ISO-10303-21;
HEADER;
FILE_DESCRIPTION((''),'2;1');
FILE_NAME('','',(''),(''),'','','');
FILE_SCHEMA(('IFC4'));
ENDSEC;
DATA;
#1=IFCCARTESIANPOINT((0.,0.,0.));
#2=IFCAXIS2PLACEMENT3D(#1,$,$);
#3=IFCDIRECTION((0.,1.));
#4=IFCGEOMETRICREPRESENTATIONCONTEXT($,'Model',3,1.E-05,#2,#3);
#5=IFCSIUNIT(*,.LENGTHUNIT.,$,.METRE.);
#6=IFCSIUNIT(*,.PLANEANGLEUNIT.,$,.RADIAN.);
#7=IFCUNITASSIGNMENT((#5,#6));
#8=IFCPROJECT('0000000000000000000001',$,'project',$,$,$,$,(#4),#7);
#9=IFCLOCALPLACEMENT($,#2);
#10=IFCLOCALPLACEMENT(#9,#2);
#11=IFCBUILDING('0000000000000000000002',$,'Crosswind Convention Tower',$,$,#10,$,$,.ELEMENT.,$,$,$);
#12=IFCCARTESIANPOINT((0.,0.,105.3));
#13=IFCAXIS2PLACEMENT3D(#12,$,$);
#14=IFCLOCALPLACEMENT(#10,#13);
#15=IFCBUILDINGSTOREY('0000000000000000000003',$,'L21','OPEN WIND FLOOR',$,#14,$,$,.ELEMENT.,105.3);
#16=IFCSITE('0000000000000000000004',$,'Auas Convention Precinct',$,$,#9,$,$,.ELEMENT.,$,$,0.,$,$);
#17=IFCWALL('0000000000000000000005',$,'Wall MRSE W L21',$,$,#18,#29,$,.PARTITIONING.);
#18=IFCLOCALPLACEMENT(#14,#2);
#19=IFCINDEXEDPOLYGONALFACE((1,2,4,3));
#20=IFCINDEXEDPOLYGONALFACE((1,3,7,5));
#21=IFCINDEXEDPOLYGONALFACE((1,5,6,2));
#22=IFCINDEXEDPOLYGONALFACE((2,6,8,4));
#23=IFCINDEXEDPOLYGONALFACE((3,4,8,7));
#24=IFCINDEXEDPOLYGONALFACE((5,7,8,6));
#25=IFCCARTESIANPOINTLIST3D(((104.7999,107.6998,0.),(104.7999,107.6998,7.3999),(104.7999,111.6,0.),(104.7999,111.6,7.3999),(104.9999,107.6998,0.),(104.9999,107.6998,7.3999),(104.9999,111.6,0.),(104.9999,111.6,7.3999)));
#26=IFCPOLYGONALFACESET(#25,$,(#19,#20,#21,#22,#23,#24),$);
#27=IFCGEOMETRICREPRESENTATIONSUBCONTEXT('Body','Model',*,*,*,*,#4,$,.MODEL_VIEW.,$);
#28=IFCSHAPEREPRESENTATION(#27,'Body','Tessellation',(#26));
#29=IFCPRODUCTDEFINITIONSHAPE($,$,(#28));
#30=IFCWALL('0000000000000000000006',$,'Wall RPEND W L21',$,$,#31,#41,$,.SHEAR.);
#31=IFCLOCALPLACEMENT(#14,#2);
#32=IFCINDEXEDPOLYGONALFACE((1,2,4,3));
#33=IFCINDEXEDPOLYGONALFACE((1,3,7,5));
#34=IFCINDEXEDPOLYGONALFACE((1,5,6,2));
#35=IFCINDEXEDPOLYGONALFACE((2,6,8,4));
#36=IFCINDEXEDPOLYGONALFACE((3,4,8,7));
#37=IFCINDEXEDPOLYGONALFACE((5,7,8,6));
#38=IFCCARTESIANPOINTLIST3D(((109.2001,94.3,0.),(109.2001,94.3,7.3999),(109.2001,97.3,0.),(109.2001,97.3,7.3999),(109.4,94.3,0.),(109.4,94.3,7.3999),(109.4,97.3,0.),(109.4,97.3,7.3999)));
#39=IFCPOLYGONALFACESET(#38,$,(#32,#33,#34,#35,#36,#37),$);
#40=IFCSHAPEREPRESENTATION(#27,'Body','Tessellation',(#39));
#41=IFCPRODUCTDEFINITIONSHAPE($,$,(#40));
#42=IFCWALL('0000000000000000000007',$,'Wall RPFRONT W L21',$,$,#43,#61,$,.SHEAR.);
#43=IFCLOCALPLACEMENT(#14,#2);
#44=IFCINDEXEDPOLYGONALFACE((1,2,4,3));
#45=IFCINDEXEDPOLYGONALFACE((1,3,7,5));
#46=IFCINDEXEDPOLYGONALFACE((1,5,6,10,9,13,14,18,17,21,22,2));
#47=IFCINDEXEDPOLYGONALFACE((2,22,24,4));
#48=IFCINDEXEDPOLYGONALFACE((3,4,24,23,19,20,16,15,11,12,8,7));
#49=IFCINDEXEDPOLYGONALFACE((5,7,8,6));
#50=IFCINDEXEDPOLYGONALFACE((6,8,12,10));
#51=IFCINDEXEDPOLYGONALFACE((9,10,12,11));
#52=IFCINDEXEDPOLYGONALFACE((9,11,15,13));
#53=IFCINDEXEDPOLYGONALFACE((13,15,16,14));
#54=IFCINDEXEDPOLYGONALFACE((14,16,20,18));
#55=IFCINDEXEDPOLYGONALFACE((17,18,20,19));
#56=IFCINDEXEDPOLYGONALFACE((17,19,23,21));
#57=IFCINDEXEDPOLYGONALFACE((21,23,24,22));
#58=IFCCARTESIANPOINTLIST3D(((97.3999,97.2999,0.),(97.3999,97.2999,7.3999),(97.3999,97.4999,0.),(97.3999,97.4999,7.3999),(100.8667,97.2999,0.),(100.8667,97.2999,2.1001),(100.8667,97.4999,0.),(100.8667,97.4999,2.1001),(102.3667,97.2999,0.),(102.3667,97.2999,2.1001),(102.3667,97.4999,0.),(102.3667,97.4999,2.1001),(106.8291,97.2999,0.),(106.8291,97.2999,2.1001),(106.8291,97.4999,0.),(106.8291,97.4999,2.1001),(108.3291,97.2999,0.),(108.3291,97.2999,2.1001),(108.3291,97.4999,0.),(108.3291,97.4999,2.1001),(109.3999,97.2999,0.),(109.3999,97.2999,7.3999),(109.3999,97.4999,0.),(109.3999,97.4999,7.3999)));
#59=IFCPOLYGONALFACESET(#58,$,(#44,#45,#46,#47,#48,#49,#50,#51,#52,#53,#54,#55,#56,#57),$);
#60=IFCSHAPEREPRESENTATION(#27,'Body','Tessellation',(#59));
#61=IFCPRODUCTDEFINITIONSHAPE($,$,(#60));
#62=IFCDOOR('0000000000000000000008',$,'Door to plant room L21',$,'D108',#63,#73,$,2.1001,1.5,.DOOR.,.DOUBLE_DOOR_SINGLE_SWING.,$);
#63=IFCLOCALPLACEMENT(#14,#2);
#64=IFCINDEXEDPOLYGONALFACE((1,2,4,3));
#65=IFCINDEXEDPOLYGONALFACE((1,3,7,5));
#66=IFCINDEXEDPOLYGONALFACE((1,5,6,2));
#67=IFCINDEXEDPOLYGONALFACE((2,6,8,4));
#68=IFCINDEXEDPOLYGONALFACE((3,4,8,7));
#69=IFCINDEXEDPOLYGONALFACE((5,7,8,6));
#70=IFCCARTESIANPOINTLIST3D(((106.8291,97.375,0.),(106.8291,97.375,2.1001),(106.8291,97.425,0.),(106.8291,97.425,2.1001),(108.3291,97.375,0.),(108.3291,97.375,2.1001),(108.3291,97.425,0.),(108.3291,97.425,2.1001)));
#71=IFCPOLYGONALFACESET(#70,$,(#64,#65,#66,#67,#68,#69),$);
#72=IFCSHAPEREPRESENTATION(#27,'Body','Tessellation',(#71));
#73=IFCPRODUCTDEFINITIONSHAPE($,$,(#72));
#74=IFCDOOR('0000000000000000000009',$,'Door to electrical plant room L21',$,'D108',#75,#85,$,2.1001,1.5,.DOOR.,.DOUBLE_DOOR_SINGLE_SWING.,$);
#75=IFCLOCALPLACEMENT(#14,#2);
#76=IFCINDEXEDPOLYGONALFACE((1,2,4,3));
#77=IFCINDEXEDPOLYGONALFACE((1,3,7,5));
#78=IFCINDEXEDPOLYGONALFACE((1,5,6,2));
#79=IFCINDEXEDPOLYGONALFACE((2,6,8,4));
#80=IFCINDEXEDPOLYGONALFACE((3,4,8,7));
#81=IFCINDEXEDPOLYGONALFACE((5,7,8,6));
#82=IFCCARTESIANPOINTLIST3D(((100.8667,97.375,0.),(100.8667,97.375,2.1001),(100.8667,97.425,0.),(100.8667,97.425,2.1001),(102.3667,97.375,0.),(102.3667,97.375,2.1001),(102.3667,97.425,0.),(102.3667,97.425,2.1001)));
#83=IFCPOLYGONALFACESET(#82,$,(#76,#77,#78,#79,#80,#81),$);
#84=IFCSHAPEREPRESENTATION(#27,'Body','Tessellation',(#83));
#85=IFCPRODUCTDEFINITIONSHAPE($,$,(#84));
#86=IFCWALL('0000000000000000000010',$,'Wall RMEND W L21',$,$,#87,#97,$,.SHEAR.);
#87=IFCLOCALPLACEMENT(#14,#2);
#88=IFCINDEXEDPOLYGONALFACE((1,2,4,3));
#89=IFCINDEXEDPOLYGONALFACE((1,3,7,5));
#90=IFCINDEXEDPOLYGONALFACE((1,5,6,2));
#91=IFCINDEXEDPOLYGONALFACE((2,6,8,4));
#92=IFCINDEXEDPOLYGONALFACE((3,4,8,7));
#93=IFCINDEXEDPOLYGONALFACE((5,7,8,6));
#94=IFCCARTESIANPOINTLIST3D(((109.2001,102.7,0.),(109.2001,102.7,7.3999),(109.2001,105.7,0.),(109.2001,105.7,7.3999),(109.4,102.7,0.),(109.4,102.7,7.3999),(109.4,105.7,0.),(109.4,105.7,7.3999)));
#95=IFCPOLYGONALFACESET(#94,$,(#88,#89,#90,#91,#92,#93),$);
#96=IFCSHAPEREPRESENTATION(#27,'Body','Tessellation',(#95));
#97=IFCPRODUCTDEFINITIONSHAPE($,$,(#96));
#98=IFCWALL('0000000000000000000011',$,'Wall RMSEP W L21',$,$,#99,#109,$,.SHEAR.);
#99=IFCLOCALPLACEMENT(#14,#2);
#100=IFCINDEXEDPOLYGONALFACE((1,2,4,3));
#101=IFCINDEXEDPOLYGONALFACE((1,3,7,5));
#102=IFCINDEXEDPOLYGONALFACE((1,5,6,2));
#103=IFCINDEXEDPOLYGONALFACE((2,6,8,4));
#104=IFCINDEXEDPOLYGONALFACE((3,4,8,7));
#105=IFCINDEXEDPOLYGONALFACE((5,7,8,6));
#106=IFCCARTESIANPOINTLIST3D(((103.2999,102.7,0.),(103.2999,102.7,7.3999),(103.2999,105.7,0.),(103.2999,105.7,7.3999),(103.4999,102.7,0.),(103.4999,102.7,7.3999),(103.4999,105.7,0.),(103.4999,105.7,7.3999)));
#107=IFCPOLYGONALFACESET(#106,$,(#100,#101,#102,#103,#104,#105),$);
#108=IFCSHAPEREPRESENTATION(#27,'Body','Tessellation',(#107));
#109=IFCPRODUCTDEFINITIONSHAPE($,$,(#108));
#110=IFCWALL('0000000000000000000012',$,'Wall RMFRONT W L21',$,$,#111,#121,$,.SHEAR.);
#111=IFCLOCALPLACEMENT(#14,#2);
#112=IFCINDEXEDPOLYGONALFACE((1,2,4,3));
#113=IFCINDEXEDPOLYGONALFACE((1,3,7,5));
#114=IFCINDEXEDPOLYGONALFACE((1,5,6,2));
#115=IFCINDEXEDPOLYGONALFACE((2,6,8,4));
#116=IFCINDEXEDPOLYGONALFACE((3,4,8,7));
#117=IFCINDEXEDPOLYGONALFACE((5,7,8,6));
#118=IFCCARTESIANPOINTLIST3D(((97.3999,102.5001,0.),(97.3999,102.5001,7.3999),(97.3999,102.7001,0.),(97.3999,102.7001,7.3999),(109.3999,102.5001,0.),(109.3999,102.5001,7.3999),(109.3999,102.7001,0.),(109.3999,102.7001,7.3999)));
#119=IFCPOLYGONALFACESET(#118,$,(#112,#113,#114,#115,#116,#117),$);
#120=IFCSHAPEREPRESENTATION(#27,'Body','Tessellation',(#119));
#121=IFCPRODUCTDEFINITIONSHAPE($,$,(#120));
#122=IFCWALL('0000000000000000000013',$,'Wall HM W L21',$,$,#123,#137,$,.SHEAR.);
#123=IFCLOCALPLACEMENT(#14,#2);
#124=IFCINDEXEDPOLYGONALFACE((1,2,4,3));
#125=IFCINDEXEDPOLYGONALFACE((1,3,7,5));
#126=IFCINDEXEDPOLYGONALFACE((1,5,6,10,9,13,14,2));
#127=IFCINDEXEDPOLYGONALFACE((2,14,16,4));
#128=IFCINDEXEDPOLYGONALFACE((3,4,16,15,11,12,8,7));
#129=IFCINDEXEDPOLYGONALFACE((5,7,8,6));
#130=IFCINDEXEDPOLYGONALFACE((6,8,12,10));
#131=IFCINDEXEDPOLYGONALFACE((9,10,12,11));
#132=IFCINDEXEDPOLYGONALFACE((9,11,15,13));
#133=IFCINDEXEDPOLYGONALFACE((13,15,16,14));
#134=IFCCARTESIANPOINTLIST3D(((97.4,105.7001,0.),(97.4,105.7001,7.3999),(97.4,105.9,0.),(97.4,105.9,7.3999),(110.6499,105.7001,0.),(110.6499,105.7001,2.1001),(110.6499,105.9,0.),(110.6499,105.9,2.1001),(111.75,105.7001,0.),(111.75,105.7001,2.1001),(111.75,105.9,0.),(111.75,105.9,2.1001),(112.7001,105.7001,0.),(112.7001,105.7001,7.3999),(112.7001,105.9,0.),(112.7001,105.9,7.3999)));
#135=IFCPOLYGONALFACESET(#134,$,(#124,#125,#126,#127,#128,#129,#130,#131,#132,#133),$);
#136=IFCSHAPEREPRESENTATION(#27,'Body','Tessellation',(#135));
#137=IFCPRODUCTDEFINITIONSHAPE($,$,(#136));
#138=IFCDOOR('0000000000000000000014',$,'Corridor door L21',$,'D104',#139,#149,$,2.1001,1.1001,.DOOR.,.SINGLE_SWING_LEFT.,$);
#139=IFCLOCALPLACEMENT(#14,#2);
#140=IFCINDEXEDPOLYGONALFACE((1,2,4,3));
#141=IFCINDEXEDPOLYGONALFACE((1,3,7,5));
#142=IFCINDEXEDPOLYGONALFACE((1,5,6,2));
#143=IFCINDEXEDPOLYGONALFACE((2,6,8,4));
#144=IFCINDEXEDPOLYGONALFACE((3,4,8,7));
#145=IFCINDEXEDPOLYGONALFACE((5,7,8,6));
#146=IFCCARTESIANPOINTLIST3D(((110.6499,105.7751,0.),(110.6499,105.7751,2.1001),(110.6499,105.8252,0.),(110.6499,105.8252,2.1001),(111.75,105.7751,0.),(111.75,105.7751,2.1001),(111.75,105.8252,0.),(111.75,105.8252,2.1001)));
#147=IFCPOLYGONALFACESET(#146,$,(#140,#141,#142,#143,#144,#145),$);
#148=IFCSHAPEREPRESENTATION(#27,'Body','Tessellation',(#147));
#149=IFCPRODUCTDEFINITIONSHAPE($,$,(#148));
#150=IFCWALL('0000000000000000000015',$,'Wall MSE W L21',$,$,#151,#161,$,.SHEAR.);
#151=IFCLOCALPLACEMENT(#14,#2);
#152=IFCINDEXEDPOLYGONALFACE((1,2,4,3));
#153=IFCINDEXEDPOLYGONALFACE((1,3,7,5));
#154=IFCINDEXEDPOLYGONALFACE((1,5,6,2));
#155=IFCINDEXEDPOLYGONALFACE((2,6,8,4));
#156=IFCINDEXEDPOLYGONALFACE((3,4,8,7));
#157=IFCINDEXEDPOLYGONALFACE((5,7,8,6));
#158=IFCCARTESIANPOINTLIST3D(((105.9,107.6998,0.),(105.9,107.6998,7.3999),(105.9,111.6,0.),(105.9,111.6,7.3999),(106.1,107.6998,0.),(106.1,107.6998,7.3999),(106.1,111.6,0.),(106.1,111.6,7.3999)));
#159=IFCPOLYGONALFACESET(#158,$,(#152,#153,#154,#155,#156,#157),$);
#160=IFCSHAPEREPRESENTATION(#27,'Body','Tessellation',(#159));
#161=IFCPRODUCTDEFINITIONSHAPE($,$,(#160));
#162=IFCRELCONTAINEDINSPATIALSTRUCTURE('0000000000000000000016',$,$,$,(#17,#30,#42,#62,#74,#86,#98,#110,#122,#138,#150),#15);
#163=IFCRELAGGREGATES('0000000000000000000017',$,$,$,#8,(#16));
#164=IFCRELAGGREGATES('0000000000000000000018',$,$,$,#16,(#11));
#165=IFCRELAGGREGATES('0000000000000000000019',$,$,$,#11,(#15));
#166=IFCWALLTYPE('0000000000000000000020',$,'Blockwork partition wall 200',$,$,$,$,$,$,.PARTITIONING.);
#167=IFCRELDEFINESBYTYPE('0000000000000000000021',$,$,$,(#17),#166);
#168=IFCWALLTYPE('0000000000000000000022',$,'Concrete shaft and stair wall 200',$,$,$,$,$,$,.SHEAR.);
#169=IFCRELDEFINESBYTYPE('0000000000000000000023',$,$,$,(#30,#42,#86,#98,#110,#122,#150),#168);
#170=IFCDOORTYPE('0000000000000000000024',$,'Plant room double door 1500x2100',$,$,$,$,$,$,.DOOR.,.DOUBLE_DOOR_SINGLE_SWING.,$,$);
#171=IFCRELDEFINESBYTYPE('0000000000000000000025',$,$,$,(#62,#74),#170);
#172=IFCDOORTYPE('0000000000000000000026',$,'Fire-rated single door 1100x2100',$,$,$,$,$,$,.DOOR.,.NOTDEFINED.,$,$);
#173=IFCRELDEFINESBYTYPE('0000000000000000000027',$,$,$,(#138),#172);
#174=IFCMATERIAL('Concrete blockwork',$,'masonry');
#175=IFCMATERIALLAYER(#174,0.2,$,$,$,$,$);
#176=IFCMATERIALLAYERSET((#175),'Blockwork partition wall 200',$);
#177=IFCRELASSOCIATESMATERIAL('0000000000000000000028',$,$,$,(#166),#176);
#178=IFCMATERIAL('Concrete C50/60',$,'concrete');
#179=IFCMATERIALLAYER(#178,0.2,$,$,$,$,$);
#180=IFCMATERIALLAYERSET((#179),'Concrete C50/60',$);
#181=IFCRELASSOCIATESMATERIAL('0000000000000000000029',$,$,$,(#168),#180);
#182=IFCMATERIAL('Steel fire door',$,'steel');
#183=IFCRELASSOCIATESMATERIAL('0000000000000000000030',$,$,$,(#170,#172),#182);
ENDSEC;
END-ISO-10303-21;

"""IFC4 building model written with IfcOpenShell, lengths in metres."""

from ifc_helpers import new_model, si_unit, direction, frame, frame_2d, origin, place, context, subcontext, project, spatial, rectangle, extrude, material, layer, layer_set, type_object, element, fill, save


model = new_model("IFC4")

# Units and contexts
model_context = context("Model", 3, precision=1e-05, world=origin(), true_north=direction((0.0, 1.0)))
body_context = subcontext(model_context, "Body", "Model", "MODEL_VIEW")
ifc_project = project(units=[si_unit("LENGTHUNIT", "METRE"), si_unit("PLANEANGLEUNIT", "RADIAN")], contexts=[model_context])

# Site, building, storey
site_placement = place(None, origin())
site = spatial("IfcSite", under=ifc_project, at=site_placement, Name="Auas Convention Precinct", CompositionType="ELEMENT", RefElevation=0.0)
building_placement = place(site_placement, origin())
building = spatial("IfcBuilding", under=site, at=building_placement, Name="Crosswind Convention Tower", CompositionType="ELEMENT")
storey_placement = place(building_placement, frame((0.0, 0.0, 105.3)))
storey = spatial("IfcBuildingStorey", under=building, at=storey_placement, Name="L21", Description="OPEN WIND FLOOR", CompositionType="ELEMENT", Elevation=105.3)

# Walls
ifc_material_1 = material(Name="Concrete blockwork", Category="masonry")
ifc_layer_1 = layer(ifc_material_1, 0.2)
ifc_layer_set_1 = layer_set([ifc_layer_1], Name="Blockwork partition wall 200")
wall_type_1 = type_object("IfcWallType", Name="Blockwork partition wall 200", PredefinedType="PARTITIONING", material=ifc_layer_set_1)
wall_1_placement = place(storey_placement, frame((104.8999, 111.6001, 0.0), z_axis=(0.0, 0.0, 1.0), x_axis=(0.0, -1.0, 0.0)))
element("IfcWall", 1, at=wall_1_placement, inside=storey, type_object=wall_type_1, Name="Wall MRSE W L21", PredefinedType="PARTITIONING", context=body_context, shape_type="SweptSolid", body=[
    extrude(rectangle(XDim=3.9001, YDim=0.2, at=frame_2d((1.9502, 0.0))), origin(), (0.0, 0.0, 1.0), 7.3999),
])
ifc_material_2 = material(Name="Concrete C50/60", Category="concrete")
ifc_layer_2 = layer(ifc_material_2, 0.2)
ifc_layer_set_2 = layer_set([ifc_layer_2], Name="Concrete C50/60")
wall_type_2 = type_object("IfcWallType", Name="Concrete shaft and stair wall 200", PredefinedType="SHEAR", material=ifc_layer_set_2)
wall_2_placement = place(storey_placement, frame((109.3, 97.3, 0.0), z_axis=(0.0, 0.0, 1.0), x_axis=(0.0, -1.0, 0.0)))
element("IfcWall", 2, at=wall_2_placement, inside=storey, type_object=wall_type_2, Name="Wall RPEND W L21", PredefinedType="SHEAR", context=body_context, shape_type="SweptSolid", body=[
    extrude(rectangle(XDim=3.0, YDim=0.2, at=frame_2d((1.5, 0.0))), origin(), (0.0, 0.0, 1.0), 7.3999),
])

# Wall, openings, doors
wall_3_placement = place(storey_placement, frame((109.3999, 97.3999, 0.0), z_axis=(0.0, 0.0, 1.0), x_axis=(-1.0, 0.0, 0.0)))
wall_3 = element("IfcWall", 3, at=wall_3_placement, inside=storey, type_object=wall_type_2, Name="Wall RPFRONT W L21", PredefinedType="SHEAR", context=body_context, shape_type="SweptSolid", body=[
    extrude(rectangle(XDim=12.0, YDim=0.2, at=frame_2d((6.0, 0.0))), origin(), (0.0, 0.0, 1.0), 7.3999),
])
opening_1_placement = place(wall_3_placement, frame((1.0708, 0.0, 0.0)))
opening_1 = element("IfcOpeningElement", 4, at=opening_1_placement, cuts=wall_3, PredefinedType="OPENING", context=body_context, shape_type="SweptSolid", body=[
    extrude(rectangle(XDim=1.5, YDim=2.1001, at=frame_2d((0.75, 1.05))), frame((0.0, 0.1099, 0.0), z_axis=(0.0, -1.0, 0.0), x_axis=(1.0, 0.0, 0.0)), (0.0, 0.0, 1.0), 0.22),
])
opening_2_placement = place(wall_3_placement, frame((7.0332, 0.0, 0.0)))
opening_2 = element("IfcOpeningElement", 5, at=opening_2_placement, cuts=wall_3, PredefinedType="OPENING", context=body_context, shape_type="SweptSolid", body=[
    extrude(rectangle(XDim=1.5, YDim=2.1001, at=frame_2d((0.75, 1.05))), frame((0.0, 0.1099, 0.0), z_axis=(0.0, -1.0, 0.0), x_axis=(1.0, 0.0, 0.0)), (0.0, 0.0, 1.0), 0.22),
])
ifc_material_3 = material(Name="Steel fire door", Category="steel")
door_type_1 = type_object("IfcDoorType", Name="Plant room double door 1500x2100", OperationType="DOUBLE_DOOR_SINGLE_SWING", PredefinedType="DOOR", material=ifc_material_3)
door_1_placement = place(opening_1_placement, origin())
door_1 = element("IfcDoor", 6, at=door_1_placement, inside=storey, type_object=door_type_1, Name="Door to plant room L21", ObjectType="D108", OperationType="DOUBLE_DOOR_SINGLE_SWING", OverallHeight=2.1001, OverallWidth=1.5, PredefinedType="DOOR", context=body_context, shape_type="SweptSolid", body=[
    extrude(rectangle(XDim=1.5, YDim=2.1001, at=frame_2d((0.75, 1.05))), frame((0.0, 0.0249, 0.0), z_axis=(0.0, -1.0, 0.0), x_axis=(1.0, 0.0, 0.0)), (0.0, 0.0, 1.0), 0.05),
])
fill(opening_1, door_1)
door_2_placement = place(opening_2_placement, origin())
door_2 = element("IfcDoor", 7, at=door_2_placement, inside=storey, type_object=door_type_1, Name="Door to electrical plant room L21", ObjectType="D108", OperationType="DOUBLE_DOOR_SINGLE_SWING", OverallHeight=2.1001, OverallWidth=1.5, PredefinedType="DOOR", context=body_context, shape_type="SweptSolid", body=[
    extrude(rectangle(XDim=1.5, YDim=2.1001, at=frame_2d((0.75, 1.05))), frame((0.0, 0.0249, 0.0), z_axis=(0.0, -1.0, 0.0), x_axis=(1.0, 0.0, 0.0)), (0.0, 0.0, 1.0), 0.05),
])
fill(opening_2, door_2)

# Walls
for number, where, z_axis, x_axis, name in (
    (8, (109.3, 105.7, 0.0), (0.0, 0.0, 1.0), (0.0, -1.0, 0.0), "Wall RMEND W L21"),
    (9, (103.3999, 105.7, 0.0), (0.0, 0.0, 1.0), (0.0, -1.0, 0.0), "Wall RMSEP W L21"),
):
    element("IfcWall", number, at=place(storey_placement, frame(where, z_axis=z_axis, x_axis=x_axis)), inside=storey, type_object=wall_type_2, Name=name, PredefinedType="SHEAR", context=body_context, shape_type="SweptSolid", body=[
        extrude(rectangle(XDim=3.0, YDim=0.2, at=frame_2d((1.5, 0.0))), origin(), (0.0, 0.0, 1.0), 7.3999),
    ])
wall_4_placement = place(storey_placement, frame((109.3999, 102.6001, 0.0), z_axis=(0.0, 0.0, 1.0), x_axis=(-1.0, 0.0, 0.0)))
element("IfcWall", 10, at=wall_4_placement, inside=storey, type_object=wall_type_2, Name="Wall RMFRONT W L21", PredefinedType="SHEAR", context=body_context, shape_type="SweptSolid", body=[
    extrude(rectangle(XDim=12.0, YDim=0.2, at=frame_2d((6.0, 0.0))), origin(), (0.0, 0.0, 1.0), 7.3999),
])

# Wall, opening, door
wall_5_placement = place(storey_placement, frame((112.7, 105.8, 0.0), z_axis=(0.0, 0.0, 1.0), x_axis=(-1.0, 0.0, 0.0)))
wall_5 = element("IfcWall", 11, at=wall_5_placement, inside=storey, type_object=wall_type_2, Name="Wall HM W L21", PredefinedType="SHEAR", context=body_context, shape_type="SweptSolid", body=[
    extrude(rectangle(XDim=15.3, YDim=0.2, at=frame_2d((7.6499, 0.0))), origin(), (0.0, 0.0, 1.0), 7.3999),
])
opening_3_placement = place(wall_5_placement, frame((0.95, 0.0, 0.0)))
opening_3 = element("IfcOpeningElement", 12, at=opening_3_placement, cuts=wall_5, PredefinedType="OPENING", context=body_context, shape_type="SweptSolid", body=[
    extrude(rectangle(XDim=1.1001, YDim=2.1001, at=frame_2d((0.55, 1.05))), frame((0.0, 0.1099, 0.0), z_axis=(0.0, -1.0, 0.0), x_axis=(1.0, 0.0, 0.0)), (0.0, 0.0, 1.0), 0.22),
])
door_type_2 = type_object("IfcDoorType", Name="Fire-rated single door 1100x2100", OperationType="NOTDEFINED", PredefinedType="DOOR", material=ifc_material_3)
door_3_placement = place(opening_3_placement, origin())
door_3 = element("IfcDoor", 13, at=door_3_placement, inside=storey, type_object=door_type_2, Name="Corridor door L21", ObjectType="D104", OperationType="SINGLE_SWING_LEFT", OverallHeight=2.1001, OverallWidth=1.1001, PredefinedType="DOOR", context=body_context, shape_type="SweptSolid", body=[
    extrude(rectangle(XDim=1.1001, YDim=2.1001, at=frame_2d((0.55, 1.05))), frame((0.0, 0.0249, 0.0), z_axis=(0.0, -1.0, 0.0), x_axis=(1.0, 0.0, 0.0)), (0.0, 0.0, 1.0), 0.05),
])
fill(opening_3, door_3)

# Wall
wall_6_placement = place(storey_placement, frame((106.0, 111.6001, 0.0), z_axis=(0.0, 0.0, 1.0), x_axis=(0.0, -1.0, 0.0)))
element("IfcWall", 14, at=wall_6_placement, inside=storey, type_object=wall_type_2, Name="Wall MSE W L21", PredefinedType="SHEAR", context=body_context, shape_type="SweptSolid", body=[
    extrude(rectangle(XDim=3.9001, YDim=0.2, at=frame_2d((1.9502, 0.0))), origin(), (0.0, 0.0, 1.0), 7.3999),
])

save(model, "model.ifc")
